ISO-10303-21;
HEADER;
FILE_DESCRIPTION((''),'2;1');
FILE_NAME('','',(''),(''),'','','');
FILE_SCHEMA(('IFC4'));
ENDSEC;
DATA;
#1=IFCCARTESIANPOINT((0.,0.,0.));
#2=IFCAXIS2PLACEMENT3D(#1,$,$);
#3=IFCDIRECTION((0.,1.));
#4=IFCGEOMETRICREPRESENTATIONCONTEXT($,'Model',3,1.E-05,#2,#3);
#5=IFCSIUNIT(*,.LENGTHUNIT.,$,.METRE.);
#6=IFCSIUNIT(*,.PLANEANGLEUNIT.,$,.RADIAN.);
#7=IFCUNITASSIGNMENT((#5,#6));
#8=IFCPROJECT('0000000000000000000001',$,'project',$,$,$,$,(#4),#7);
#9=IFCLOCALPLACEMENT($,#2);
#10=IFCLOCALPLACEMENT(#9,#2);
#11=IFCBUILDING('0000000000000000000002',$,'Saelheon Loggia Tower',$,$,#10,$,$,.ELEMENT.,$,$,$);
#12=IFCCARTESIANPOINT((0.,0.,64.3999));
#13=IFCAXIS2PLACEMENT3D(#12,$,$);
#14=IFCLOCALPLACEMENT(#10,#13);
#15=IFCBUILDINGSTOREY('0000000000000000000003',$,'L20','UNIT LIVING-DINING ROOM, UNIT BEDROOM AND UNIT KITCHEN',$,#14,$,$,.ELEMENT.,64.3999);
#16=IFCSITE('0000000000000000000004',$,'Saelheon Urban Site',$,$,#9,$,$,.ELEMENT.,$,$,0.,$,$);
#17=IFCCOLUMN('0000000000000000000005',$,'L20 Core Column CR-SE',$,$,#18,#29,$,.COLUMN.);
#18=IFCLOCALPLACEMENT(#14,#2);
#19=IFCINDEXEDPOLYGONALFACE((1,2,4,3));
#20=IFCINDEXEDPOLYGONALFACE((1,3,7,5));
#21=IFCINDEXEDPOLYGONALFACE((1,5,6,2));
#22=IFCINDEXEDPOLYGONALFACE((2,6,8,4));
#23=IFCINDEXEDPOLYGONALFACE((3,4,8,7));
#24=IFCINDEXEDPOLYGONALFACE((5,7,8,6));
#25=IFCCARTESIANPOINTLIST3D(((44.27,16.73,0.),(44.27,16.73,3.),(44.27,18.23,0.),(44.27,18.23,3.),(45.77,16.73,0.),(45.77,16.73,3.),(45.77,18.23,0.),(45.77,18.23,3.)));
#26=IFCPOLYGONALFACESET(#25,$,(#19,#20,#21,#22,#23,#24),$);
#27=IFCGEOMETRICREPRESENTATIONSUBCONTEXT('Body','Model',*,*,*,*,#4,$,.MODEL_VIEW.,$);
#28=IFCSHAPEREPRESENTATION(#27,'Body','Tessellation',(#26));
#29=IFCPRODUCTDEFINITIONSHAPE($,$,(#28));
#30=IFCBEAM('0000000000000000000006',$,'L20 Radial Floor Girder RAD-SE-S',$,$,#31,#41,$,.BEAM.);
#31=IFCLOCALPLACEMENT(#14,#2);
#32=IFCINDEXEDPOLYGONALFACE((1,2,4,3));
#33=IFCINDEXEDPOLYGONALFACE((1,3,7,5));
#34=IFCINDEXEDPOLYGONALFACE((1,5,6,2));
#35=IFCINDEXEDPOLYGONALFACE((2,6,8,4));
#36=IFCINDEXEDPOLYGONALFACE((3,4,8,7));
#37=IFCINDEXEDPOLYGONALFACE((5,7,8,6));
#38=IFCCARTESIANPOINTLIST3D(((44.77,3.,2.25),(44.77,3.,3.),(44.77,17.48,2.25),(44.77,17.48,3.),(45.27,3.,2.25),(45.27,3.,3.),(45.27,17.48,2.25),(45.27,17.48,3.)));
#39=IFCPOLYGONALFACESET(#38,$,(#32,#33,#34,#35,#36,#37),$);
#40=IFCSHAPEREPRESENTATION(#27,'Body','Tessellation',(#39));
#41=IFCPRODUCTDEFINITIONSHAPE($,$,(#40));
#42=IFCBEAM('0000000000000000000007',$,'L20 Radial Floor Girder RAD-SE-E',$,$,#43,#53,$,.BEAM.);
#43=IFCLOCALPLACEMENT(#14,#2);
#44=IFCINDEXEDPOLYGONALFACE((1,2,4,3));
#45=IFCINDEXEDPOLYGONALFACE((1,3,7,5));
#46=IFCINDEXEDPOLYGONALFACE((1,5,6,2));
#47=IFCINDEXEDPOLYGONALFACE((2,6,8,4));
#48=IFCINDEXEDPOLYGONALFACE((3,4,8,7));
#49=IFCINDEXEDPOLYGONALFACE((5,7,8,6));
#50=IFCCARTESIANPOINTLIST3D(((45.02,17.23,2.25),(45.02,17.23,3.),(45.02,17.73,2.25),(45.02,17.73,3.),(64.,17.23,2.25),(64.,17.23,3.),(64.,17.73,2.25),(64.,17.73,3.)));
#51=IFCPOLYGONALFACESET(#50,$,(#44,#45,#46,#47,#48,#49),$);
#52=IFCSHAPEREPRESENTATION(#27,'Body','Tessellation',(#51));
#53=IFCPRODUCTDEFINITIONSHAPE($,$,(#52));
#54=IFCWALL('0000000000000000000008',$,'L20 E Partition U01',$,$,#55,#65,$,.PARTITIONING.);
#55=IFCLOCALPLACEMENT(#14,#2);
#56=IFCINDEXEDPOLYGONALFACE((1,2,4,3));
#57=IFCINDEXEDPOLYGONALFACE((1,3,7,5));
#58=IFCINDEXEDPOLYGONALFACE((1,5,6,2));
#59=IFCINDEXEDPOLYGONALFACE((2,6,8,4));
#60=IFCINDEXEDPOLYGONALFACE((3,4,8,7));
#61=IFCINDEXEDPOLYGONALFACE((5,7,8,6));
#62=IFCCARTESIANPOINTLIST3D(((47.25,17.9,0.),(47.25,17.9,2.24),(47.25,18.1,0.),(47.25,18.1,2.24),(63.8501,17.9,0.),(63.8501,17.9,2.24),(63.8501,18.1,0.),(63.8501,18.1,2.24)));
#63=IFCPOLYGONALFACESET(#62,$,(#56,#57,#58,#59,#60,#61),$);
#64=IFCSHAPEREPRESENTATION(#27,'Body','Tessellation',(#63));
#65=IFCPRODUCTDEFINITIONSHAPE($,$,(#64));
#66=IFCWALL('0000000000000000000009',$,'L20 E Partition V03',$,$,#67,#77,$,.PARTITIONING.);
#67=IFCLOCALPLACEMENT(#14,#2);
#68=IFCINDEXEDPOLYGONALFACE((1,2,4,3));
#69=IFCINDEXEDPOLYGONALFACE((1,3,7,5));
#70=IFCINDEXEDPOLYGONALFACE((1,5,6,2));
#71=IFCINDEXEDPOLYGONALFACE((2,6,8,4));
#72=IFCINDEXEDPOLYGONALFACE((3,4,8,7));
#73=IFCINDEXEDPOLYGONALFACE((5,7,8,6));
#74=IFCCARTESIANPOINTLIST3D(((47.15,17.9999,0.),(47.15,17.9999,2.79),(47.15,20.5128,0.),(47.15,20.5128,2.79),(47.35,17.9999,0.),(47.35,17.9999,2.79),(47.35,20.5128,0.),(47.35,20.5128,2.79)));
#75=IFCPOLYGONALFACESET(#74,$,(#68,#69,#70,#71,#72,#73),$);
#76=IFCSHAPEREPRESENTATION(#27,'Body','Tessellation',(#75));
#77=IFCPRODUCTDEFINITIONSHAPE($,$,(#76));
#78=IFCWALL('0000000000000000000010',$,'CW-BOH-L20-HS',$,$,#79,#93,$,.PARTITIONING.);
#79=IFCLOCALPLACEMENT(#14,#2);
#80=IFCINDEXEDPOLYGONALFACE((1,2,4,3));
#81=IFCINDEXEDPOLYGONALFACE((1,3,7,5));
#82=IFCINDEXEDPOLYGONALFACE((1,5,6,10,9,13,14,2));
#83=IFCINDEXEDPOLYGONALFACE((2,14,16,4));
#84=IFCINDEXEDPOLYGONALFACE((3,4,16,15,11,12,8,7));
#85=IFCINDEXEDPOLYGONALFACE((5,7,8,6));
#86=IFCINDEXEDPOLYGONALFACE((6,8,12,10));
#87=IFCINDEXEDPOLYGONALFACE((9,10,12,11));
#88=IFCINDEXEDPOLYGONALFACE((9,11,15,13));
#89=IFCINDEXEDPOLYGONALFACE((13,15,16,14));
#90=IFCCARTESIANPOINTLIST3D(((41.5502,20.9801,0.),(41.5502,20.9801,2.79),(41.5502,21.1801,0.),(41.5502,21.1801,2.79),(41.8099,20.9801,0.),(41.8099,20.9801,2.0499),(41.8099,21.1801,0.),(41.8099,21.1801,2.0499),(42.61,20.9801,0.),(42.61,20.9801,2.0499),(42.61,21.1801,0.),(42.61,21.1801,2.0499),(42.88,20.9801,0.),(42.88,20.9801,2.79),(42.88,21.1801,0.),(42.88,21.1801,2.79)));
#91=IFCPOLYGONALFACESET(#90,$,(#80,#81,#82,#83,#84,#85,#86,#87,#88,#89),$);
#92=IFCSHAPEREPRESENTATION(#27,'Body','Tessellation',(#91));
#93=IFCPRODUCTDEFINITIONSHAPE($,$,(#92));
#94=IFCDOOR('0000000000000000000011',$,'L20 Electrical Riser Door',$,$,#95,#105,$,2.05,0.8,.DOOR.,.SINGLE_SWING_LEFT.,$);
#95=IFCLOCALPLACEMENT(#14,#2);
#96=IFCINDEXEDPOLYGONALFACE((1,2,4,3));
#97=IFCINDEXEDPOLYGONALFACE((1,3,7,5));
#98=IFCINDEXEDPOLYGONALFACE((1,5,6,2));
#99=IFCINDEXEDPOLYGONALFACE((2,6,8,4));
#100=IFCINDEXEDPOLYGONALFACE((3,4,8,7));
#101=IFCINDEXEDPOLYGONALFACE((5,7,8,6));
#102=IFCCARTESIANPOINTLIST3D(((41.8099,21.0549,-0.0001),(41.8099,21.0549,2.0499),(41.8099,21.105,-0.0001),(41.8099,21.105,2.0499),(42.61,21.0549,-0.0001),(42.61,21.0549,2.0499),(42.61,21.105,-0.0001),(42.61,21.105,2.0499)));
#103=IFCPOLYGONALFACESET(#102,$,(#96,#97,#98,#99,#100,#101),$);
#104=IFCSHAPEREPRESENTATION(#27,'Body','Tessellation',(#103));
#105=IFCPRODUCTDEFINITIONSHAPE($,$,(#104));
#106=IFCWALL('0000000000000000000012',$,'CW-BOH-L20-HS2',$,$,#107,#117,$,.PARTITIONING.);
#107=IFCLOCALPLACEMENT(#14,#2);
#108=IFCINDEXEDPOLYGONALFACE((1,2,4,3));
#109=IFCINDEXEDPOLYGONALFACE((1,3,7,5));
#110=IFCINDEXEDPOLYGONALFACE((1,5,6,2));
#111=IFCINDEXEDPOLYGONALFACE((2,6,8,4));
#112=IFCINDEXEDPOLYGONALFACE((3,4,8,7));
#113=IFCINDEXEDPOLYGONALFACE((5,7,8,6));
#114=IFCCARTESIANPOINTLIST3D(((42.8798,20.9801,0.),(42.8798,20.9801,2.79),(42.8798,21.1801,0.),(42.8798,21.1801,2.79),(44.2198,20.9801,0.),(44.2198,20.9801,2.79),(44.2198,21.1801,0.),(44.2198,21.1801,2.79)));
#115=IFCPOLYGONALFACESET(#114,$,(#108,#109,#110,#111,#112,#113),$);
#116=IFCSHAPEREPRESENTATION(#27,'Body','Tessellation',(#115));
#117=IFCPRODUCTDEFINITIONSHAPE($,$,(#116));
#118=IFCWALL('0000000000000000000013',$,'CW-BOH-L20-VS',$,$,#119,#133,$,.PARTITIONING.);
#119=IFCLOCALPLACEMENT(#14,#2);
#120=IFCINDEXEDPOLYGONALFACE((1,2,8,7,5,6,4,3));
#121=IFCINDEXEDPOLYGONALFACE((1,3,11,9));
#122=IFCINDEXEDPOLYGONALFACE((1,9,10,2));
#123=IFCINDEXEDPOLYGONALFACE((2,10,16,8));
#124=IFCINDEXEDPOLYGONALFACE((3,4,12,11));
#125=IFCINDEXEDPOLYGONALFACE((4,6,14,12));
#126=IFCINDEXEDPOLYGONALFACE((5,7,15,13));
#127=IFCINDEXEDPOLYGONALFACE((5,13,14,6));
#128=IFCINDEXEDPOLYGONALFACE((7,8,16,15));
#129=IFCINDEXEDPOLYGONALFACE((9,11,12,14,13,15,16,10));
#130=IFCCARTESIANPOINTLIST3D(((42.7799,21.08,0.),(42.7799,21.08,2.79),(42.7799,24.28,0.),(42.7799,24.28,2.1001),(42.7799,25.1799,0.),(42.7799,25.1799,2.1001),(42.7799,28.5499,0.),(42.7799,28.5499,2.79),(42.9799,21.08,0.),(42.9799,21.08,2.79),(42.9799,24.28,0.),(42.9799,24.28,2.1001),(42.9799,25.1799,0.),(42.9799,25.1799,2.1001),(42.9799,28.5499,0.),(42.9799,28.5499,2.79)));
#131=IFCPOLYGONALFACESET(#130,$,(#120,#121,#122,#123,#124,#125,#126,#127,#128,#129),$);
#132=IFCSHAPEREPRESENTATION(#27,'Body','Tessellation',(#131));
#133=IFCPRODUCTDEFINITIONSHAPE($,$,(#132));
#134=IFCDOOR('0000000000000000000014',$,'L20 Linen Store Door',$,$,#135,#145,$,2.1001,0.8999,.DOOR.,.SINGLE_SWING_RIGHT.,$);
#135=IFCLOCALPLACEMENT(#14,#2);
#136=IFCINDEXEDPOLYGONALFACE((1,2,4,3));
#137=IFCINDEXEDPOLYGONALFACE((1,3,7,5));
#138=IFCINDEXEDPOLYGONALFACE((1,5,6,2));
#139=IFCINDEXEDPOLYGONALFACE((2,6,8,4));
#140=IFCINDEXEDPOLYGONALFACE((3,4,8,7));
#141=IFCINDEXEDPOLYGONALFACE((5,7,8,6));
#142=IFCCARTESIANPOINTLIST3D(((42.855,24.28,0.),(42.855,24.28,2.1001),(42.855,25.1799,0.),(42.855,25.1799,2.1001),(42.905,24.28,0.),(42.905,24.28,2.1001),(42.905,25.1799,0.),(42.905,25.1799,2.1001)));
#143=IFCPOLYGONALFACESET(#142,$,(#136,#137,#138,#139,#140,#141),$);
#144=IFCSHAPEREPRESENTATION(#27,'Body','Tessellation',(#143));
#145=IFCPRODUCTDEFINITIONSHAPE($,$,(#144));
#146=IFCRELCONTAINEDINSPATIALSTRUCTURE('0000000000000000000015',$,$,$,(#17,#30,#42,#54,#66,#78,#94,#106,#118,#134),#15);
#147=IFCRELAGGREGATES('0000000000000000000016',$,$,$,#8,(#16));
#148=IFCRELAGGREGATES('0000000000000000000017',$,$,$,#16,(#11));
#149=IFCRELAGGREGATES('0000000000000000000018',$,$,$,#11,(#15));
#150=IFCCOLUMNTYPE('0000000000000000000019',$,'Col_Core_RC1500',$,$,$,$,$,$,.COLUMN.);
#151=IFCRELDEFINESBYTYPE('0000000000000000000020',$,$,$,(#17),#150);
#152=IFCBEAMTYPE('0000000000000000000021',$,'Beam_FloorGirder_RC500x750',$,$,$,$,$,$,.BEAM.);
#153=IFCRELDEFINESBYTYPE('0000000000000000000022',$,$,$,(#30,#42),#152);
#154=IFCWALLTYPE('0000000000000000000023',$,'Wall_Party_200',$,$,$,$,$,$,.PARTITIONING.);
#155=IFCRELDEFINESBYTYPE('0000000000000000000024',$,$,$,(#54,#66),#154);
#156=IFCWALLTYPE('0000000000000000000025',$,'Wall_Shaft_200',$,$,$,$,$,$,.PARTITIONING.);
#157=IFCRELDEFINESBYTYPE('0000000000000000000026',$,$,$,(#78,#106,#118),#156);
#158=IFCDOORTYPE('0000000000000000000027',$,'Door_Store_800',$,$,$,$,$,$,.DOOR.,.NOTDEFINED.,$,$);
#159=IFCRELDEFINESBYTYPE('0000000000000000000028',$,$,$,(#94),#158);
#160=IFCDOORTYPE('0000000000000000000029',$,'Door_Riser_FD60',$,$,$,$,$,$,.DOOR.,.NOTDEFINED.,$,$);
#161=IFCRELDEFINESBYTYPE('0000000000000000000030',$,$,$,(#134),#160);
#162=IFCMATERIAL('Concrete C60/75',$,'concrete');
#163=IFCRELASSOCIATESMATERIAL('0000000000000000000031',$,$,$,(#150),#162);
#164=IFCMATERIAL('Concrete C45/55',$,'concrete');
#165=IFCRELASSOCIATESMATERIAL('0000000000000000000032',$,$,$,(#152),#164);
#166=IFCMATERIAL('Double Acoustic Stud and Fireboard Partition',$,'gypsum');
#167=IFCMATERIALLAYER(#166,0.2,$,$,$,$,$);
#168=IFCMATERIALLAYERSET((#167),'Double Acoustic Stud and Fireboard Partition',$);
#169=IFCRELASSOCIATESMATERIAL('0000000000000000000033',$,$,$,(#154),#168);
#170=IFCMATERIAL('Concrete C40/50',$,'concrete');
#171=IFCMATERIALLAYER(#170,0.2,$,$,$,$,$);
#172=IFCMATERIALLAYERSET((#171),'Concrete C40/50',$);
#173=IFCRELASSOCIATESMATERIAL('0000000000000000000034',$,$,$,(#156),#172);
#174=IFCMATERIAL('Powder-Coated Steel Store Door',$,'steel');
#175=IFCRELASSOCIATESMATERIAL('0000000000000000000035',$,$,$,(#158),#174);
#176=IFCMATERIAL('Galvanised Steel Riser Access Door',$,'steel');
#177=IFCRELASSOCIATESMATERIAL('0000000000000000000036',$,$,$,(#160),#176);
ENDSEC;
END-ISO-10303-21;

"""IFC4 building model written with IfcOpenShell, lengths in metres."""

from ifc_helpers import new_model, si_unit, direction, frame, frame_2d, origin, origin_2d, place, context, subcontext, project, spatial, rectangle, extrude, source, transform, mapped, material, layer, layer_set, material_profile, profile_set, type_object, element, fill, save


model = new_model("IFC4")

# Units and contexts
model_context = context("Model", 3, precision=1e-05, world=origin(), true_north=direction((0.0, 1.0)))
body_context = subcontext(model_context, "Body", "Model", "MODEL_VIEW")
ifc_project = project(units=[si_unit("LENGTHUNIT", "METRE"), si_unit("PLANEANGLEUNIT", "RADIAN")], contexts=[model_context])

# Site, building, storey
site_placement = place(None, origin())
site = spatial("IfcSite", under=ifc_project, at=site_placement, Name="Saelheon Urban Site", CompositionType="ELEMENT", RefElevation=0.0)
building_placement = place(site_placement, origin())
building = spatial("IfcBuilding", under=site, at=building_placement, Name="Saelheon Loggia Tower", CompositionType="ELEMENT")
storey_placement = place(building_placement, frame((0.0, 0.0, 64.3999)))
storey = spatial("IfcBuildingStorey", under=building, at=storey_placement, Name="L20", Description="UNIT LIVING-DINING ROOM, UNIT BEDROOM AND UNIT KITCHEN", CompositionType="ELEMENT", Elevation=64.3999)

# Column
ifc_material_1 = material(Name="Concrete C60/75", Category="concrete")
ifc_material_profile_1 = material_profile(ifc_material_1, rectangle(XDim=1.5, YDim=1.5, at=origin_2d()), Name="RC-1500x1500")
ifc_profile_set_1 = profile_set([ifc_material_profile_1], Name="Concrete C60/75")
column_type = type_object("IfcColumnType", Name="Col_Core_RC1500", PredefinedType="COLUMN", material=ifc_profile_set_1)
shared_shape_1 = source(origin(), body_context, "Body", "SweptSolid", [
    extrude(rectangle(XDim=1.5, YDim=1.5, at=origin_2d()), origin(), (0.0, 0.0, 1.0), 3.0),
])
column_placement = place(storey_placement, frame((45.02, 17.48, 0.0), z_axis=(0.0, 0.0, 1.0), x_axis=(1.0, 0.0, 0.0)))
element("IfcColumn", 1, at=column_placement, inside=storey, type_object=column_type, Name="L20 Core Column CR-SE", PredefinedType="COLUMN", context=body_context, shape_type="MappedRepresentation", body=[
    mapped(shared_shape_1, transform((0.0, 0.0, 0.0), scale=1.0)),
])

# Beams
ifc_material_2 = material(Name="Concrete C45/55", Category="concrete")
ifc_material_profile_2 = material_profile(ifc_material_2, rectangle(XDim=0.5, YDim=0.75, at=origin_2d()), Name="RC-500x750")
ifc_profile_set_2 = profile_set([ifc_material_profile_2], Name="Concrete C45/55")
beam_type = type_object("IfcBeamType", Name="Beam_FloorGirder_RC500x750", PredefinedType="BEAM", material=ifc_profile_set_2)
shared_shape_2 = source(origin(), body_context, "Body", "SweptSolid", [
    extrude(rectangle(XDim=0.5, YDim=0.75, at=origin_2d()), origin(), (0.0, 0.0, 1.0), 14.48),
])
beam_1_placement = place(storey_placement, frame((45.02, 17.48, 2.625), z_axis=(0.0, -1.0, 0.0), x_axis=(1.0, 0.0, 0.0)))
element("IfcBeam", 2, at=beam_1_placement, inside=storey, type_object=beam_type, Name="L20 Radial Floor Girder RAD-SE-S", PredefinedType="BEAM", context=body_context, shape_type="MappedRepresentation", body=[
    mapped(shared_shape_2, transform((0.0, 0.0, 0.0), scale=1.0)),
])
shared_shape_3 = source(origin(), body_context, "Body", "SweptSolid", [
    extrude(rectangle(XDim=0.5, YDim=0.75, at=origin_2d()), origin(), (0.0, 0.0, 1.0), 18.98),
])
beam_2_placement = place(storey_placement, frame((45.02, 17.48, 2.625), z_axis=(1.0, 0.0, 0.0), x_axis=(0.0, 1.0, 0.0)))
element("IfcBeam", 3, at=beam_2_placement, inside=storey, type_object=beam_type, Name="L20 Radial Floor Girder RAD-SE-E", PredefinedType="BEAM", context=body_context, shape_type="MappedRepresentation", body=[
    mapped(shared_shape_3, transform((0.0, 0.0, 0.0), scale=1.0)),
])

# Walls
ifc_material_3 = material(Name="Double Acoustic Stud and Fireboard Partition", Category="gypsum")
ifc_layer_1 = layer(ifc_material_3, 0.2)
ifc_layer_set_1 = layer_set([ifc_layer_1], Name="Double Acoustic Stud and Fireboard Partition")
wall_type_1 = type_object("IfcWallType", Name="Wall_Party_200", PredefinedType="PARTITIONING", material=ifc_layer_set_1)
wall_1_placement = place(storey_placement, frame((47.25, 18.0, 0.0), z_axis=(0.0, 0.0, 1.0), x_axis=(1.0, 0.0, 0.0)))
element("IfcWall", 4, at=wall_1_placement, inside=storey, type_object=wall_type_1, Name="L20 E Partition U01", PredefinedType="PARTITIONING", context=body_context, shape_type="SweptSolid", body=[
    extrude(rectangle(XDim=16.6001, YDim=0.2, at=frame_2d((8.3, 0.0))), origin(), (0.0, 0.0, 1.0), 2.24),
])
wall_2_placement = place(storey_placement, frame((47.25, 18.0, 0.0), z_axis=(0.0, 0.0, 1.0), x_axis=(0.0, 1.0, 0.0)))
element("IfcWall", 5, at=wall_2_placement, inside=storey, type_object=wall_type_1, Name="L20 E Partition V03", PredefinedType="PARTITIONING", context=body_context, shape_type="SweptSolid", body=[
    extrude(rectangle(XDim=2.5129, YDim=0.2, at=frame_2d((1.2563, 0.0))), origin(), (0.0, 0.0, 1.0), 2.79),
])

# Wall, opening, door
ifc_material_4 = material(Name="Concrete C40/50", Category="concrete")
ifc_layer_2 = layer(ifc_material_4, 0.2)
ifc_layer_set_2 = layer_set([ifc_layer_2], Name="Concrete C40/50")
wall_type_2 = type_object("IfcWallType", Name="Wall_Shaft_200", PredefinedType="PARTITIONING", material=ifc_layer_set_2)
wall_3_placement = place(storey_placement, frame((41.55, 21.0801, 0.0), z_axis=(0.0, 0.0, 1.0), x_axis=(1.0, 0.0, 0.0)))
wall_3 = element("IfcWall", 6, at=wall_3_placement, inside=storey, type_object=wall_type_2, Name="CW-BOH-L20-HS", PredefinedType="PARTITIONING", context=body_context, shape_type="SweptSolid", body=[
    extrude(rectangle(XDim=1.3298, YDim=0.2, at=frame_2d((0.665, 0.0))), origin(), (0.0, 0.0, 1.0), 2.79),
])
opening_1_placement = place(wall_3_placement, frame((0.26, 0.0, 0.0)))
opening_1 = element("IfcOpeningElement", 7, at=opening_1_placement, cuts=wall_3, PredefinedType="OPENING", context=body_context, shape_type="SweptSolid", body=[
    extrude(rectangle(XDim=0.8, YDim=2.05, at=frame_2d((0.3999, 1.0249))), frame((0.0, 0.1121, 0.0), z_axis=(0.0, -1.0, 0.0), x_axis=(1.0, 0.0, 0.0)), (0.0, 0.0, 1.0), 0.2239),
])
ifc_material_5 = material(Name="Powder-Coated Steel Store Door", Category="steel")
door_type_1 = type_object("IfcDoorType", Name="Door_Store_800", OperationType="NOTDEFINED", PredefinedType="DOOR", material=ifc_material_5)
shared_shape_4 = source(origin(), body_context, "Body", "SweptSolid", [
    extrude(rectangle(XDim=0.8, YDim=2.05, at=frame_2d((0.3999, 1.0249))), frame((0.0, 0.0249, 0.0), z_axis=(0.0, -1.0, 0.0), x_axis=(1.0, 0.0, 0.0)), (0.0, 0.0, 1.0), 0.05),
])
door_1_placement = place(opening_1_placement, origin())
door_1 = element("IfcDoor", 8, at=door_1_placement, inside=storey, type_object=door_type_1, Name="L20 Electrical Riser Door", OperationType="SINGLE_SWING_LEFT", OverallHeight=2.05, OverallWidth=0.8, PredefinedType="DOOR", context=body_context, shape_type="MappedRepresentation", body=[
    mapped(shared_shape_4, transform((0.0, 0.0, 0.0), scale=1.0)),
])
fill(opening_1, door_1)

# Wall
wall_4_placement = place(storey_placement, frame((42.8799, 21.0801, 0.0), z_axis=(0.0, 0.0, 1.0), x_axis=(1.0, 0.0, 0.0)))
element("IfcWall", 9, at=wall_4_placement, inside=storey, type_object=wall_type_2, Name="CW-BOH-L20-HS2", PredefinedType="PARTITIONING", context=body_context, shape_type="SweptSolid", body=[
    extrude(rectangle(XDim=1.3401, YDim=0.2, at=frame_2d((0.6699, 0.0))), origin(), (0.0, 0.0, 1.0), 2.79),
])

# Wall, opening, door
wall_5_placement = place(storey_placement, frame((42.8799, 21.0801, 0.0), z_axis=(0.0, 0.0, 1.0), x_axis=(0.0, 1.0, 0.0)))
wall_5 = element("IfcWall", 10, at=wall_5_placement, inside=storey, type_object=wall_type_2, Name="CW-BOH-L20-VS", PredefinedType="PARTITIONING", context=body_context, shape_type="SweptSolid", body=[
    extrude(rectangle(XDim=7.47, YDim=0.2, at=frame_2d((3.7349, 0.0))), origin(), (0.0, 0.0, 1.0), 2.79),
])
opening_2_placement = place(wall_5_placement, frame((3.2, 0.0, 0.0)))
opening_2 = element("IfcOpeningElement", 11, at=opening_2_placement, cuts=wall_5, PredefinedType="OPENING", context=body_context, shape_type="SweptSolid", body=[
    extrude(rectangle(XDim=0.8999, YDim=2.1001, at=frame_2d((0.45, 1.05))), frame((0.0, 0.1121, 0.0), z_axis=(0.0, -1.0, 0.0), x_axis=(1.0, 0.0, 0.0)), (0.0, 0.0, 1.0), 0.2239),
])
ifc_material_6 = material(Name="Galvanised Steel Riser Access Door", Category="steel")
door_type_2 = type_object("IfcDoorType", Name="Door_Riser_FD60", OperationType="NOTDEFINED", PredefinedType="DOOR", material=ifc_material_6)
shared_shape_5 = source(origin(), body_context, "Body", "SweptSolid", [
    extrude(rectangle(XDim=0.8999, YDim=2.1001, at=frame_2d((0.45, 1.05))), frame((0.0, 0.0249, 0.0), z_axis=(0.0, -1.0, 0.0), x_axis=(1.0, 0.0, 0.0)), (0.0, 0.0, 1.0), 0.05),
])
door_2_placement = place(opening_2_placement, origin())
door_2 = element("IfcDoor", 12, at=door_2_placement, inside=storey, type_object=door_type_2, Name="L20 Linen Store Door", OperationType="SINGLE_SWING_RIGHT", OverallHeight=2.1001, OverallWidth=0.8999, PredefinedType="DOOR", context=body_context, shape_type="MappedRepresentation", body=[
    mapped(shared_shape_5, transform((0.0, 0.0, 0.0), scale=1.0)),
])
fill(opening_2, door_2)

save(model, "model.ifc")
